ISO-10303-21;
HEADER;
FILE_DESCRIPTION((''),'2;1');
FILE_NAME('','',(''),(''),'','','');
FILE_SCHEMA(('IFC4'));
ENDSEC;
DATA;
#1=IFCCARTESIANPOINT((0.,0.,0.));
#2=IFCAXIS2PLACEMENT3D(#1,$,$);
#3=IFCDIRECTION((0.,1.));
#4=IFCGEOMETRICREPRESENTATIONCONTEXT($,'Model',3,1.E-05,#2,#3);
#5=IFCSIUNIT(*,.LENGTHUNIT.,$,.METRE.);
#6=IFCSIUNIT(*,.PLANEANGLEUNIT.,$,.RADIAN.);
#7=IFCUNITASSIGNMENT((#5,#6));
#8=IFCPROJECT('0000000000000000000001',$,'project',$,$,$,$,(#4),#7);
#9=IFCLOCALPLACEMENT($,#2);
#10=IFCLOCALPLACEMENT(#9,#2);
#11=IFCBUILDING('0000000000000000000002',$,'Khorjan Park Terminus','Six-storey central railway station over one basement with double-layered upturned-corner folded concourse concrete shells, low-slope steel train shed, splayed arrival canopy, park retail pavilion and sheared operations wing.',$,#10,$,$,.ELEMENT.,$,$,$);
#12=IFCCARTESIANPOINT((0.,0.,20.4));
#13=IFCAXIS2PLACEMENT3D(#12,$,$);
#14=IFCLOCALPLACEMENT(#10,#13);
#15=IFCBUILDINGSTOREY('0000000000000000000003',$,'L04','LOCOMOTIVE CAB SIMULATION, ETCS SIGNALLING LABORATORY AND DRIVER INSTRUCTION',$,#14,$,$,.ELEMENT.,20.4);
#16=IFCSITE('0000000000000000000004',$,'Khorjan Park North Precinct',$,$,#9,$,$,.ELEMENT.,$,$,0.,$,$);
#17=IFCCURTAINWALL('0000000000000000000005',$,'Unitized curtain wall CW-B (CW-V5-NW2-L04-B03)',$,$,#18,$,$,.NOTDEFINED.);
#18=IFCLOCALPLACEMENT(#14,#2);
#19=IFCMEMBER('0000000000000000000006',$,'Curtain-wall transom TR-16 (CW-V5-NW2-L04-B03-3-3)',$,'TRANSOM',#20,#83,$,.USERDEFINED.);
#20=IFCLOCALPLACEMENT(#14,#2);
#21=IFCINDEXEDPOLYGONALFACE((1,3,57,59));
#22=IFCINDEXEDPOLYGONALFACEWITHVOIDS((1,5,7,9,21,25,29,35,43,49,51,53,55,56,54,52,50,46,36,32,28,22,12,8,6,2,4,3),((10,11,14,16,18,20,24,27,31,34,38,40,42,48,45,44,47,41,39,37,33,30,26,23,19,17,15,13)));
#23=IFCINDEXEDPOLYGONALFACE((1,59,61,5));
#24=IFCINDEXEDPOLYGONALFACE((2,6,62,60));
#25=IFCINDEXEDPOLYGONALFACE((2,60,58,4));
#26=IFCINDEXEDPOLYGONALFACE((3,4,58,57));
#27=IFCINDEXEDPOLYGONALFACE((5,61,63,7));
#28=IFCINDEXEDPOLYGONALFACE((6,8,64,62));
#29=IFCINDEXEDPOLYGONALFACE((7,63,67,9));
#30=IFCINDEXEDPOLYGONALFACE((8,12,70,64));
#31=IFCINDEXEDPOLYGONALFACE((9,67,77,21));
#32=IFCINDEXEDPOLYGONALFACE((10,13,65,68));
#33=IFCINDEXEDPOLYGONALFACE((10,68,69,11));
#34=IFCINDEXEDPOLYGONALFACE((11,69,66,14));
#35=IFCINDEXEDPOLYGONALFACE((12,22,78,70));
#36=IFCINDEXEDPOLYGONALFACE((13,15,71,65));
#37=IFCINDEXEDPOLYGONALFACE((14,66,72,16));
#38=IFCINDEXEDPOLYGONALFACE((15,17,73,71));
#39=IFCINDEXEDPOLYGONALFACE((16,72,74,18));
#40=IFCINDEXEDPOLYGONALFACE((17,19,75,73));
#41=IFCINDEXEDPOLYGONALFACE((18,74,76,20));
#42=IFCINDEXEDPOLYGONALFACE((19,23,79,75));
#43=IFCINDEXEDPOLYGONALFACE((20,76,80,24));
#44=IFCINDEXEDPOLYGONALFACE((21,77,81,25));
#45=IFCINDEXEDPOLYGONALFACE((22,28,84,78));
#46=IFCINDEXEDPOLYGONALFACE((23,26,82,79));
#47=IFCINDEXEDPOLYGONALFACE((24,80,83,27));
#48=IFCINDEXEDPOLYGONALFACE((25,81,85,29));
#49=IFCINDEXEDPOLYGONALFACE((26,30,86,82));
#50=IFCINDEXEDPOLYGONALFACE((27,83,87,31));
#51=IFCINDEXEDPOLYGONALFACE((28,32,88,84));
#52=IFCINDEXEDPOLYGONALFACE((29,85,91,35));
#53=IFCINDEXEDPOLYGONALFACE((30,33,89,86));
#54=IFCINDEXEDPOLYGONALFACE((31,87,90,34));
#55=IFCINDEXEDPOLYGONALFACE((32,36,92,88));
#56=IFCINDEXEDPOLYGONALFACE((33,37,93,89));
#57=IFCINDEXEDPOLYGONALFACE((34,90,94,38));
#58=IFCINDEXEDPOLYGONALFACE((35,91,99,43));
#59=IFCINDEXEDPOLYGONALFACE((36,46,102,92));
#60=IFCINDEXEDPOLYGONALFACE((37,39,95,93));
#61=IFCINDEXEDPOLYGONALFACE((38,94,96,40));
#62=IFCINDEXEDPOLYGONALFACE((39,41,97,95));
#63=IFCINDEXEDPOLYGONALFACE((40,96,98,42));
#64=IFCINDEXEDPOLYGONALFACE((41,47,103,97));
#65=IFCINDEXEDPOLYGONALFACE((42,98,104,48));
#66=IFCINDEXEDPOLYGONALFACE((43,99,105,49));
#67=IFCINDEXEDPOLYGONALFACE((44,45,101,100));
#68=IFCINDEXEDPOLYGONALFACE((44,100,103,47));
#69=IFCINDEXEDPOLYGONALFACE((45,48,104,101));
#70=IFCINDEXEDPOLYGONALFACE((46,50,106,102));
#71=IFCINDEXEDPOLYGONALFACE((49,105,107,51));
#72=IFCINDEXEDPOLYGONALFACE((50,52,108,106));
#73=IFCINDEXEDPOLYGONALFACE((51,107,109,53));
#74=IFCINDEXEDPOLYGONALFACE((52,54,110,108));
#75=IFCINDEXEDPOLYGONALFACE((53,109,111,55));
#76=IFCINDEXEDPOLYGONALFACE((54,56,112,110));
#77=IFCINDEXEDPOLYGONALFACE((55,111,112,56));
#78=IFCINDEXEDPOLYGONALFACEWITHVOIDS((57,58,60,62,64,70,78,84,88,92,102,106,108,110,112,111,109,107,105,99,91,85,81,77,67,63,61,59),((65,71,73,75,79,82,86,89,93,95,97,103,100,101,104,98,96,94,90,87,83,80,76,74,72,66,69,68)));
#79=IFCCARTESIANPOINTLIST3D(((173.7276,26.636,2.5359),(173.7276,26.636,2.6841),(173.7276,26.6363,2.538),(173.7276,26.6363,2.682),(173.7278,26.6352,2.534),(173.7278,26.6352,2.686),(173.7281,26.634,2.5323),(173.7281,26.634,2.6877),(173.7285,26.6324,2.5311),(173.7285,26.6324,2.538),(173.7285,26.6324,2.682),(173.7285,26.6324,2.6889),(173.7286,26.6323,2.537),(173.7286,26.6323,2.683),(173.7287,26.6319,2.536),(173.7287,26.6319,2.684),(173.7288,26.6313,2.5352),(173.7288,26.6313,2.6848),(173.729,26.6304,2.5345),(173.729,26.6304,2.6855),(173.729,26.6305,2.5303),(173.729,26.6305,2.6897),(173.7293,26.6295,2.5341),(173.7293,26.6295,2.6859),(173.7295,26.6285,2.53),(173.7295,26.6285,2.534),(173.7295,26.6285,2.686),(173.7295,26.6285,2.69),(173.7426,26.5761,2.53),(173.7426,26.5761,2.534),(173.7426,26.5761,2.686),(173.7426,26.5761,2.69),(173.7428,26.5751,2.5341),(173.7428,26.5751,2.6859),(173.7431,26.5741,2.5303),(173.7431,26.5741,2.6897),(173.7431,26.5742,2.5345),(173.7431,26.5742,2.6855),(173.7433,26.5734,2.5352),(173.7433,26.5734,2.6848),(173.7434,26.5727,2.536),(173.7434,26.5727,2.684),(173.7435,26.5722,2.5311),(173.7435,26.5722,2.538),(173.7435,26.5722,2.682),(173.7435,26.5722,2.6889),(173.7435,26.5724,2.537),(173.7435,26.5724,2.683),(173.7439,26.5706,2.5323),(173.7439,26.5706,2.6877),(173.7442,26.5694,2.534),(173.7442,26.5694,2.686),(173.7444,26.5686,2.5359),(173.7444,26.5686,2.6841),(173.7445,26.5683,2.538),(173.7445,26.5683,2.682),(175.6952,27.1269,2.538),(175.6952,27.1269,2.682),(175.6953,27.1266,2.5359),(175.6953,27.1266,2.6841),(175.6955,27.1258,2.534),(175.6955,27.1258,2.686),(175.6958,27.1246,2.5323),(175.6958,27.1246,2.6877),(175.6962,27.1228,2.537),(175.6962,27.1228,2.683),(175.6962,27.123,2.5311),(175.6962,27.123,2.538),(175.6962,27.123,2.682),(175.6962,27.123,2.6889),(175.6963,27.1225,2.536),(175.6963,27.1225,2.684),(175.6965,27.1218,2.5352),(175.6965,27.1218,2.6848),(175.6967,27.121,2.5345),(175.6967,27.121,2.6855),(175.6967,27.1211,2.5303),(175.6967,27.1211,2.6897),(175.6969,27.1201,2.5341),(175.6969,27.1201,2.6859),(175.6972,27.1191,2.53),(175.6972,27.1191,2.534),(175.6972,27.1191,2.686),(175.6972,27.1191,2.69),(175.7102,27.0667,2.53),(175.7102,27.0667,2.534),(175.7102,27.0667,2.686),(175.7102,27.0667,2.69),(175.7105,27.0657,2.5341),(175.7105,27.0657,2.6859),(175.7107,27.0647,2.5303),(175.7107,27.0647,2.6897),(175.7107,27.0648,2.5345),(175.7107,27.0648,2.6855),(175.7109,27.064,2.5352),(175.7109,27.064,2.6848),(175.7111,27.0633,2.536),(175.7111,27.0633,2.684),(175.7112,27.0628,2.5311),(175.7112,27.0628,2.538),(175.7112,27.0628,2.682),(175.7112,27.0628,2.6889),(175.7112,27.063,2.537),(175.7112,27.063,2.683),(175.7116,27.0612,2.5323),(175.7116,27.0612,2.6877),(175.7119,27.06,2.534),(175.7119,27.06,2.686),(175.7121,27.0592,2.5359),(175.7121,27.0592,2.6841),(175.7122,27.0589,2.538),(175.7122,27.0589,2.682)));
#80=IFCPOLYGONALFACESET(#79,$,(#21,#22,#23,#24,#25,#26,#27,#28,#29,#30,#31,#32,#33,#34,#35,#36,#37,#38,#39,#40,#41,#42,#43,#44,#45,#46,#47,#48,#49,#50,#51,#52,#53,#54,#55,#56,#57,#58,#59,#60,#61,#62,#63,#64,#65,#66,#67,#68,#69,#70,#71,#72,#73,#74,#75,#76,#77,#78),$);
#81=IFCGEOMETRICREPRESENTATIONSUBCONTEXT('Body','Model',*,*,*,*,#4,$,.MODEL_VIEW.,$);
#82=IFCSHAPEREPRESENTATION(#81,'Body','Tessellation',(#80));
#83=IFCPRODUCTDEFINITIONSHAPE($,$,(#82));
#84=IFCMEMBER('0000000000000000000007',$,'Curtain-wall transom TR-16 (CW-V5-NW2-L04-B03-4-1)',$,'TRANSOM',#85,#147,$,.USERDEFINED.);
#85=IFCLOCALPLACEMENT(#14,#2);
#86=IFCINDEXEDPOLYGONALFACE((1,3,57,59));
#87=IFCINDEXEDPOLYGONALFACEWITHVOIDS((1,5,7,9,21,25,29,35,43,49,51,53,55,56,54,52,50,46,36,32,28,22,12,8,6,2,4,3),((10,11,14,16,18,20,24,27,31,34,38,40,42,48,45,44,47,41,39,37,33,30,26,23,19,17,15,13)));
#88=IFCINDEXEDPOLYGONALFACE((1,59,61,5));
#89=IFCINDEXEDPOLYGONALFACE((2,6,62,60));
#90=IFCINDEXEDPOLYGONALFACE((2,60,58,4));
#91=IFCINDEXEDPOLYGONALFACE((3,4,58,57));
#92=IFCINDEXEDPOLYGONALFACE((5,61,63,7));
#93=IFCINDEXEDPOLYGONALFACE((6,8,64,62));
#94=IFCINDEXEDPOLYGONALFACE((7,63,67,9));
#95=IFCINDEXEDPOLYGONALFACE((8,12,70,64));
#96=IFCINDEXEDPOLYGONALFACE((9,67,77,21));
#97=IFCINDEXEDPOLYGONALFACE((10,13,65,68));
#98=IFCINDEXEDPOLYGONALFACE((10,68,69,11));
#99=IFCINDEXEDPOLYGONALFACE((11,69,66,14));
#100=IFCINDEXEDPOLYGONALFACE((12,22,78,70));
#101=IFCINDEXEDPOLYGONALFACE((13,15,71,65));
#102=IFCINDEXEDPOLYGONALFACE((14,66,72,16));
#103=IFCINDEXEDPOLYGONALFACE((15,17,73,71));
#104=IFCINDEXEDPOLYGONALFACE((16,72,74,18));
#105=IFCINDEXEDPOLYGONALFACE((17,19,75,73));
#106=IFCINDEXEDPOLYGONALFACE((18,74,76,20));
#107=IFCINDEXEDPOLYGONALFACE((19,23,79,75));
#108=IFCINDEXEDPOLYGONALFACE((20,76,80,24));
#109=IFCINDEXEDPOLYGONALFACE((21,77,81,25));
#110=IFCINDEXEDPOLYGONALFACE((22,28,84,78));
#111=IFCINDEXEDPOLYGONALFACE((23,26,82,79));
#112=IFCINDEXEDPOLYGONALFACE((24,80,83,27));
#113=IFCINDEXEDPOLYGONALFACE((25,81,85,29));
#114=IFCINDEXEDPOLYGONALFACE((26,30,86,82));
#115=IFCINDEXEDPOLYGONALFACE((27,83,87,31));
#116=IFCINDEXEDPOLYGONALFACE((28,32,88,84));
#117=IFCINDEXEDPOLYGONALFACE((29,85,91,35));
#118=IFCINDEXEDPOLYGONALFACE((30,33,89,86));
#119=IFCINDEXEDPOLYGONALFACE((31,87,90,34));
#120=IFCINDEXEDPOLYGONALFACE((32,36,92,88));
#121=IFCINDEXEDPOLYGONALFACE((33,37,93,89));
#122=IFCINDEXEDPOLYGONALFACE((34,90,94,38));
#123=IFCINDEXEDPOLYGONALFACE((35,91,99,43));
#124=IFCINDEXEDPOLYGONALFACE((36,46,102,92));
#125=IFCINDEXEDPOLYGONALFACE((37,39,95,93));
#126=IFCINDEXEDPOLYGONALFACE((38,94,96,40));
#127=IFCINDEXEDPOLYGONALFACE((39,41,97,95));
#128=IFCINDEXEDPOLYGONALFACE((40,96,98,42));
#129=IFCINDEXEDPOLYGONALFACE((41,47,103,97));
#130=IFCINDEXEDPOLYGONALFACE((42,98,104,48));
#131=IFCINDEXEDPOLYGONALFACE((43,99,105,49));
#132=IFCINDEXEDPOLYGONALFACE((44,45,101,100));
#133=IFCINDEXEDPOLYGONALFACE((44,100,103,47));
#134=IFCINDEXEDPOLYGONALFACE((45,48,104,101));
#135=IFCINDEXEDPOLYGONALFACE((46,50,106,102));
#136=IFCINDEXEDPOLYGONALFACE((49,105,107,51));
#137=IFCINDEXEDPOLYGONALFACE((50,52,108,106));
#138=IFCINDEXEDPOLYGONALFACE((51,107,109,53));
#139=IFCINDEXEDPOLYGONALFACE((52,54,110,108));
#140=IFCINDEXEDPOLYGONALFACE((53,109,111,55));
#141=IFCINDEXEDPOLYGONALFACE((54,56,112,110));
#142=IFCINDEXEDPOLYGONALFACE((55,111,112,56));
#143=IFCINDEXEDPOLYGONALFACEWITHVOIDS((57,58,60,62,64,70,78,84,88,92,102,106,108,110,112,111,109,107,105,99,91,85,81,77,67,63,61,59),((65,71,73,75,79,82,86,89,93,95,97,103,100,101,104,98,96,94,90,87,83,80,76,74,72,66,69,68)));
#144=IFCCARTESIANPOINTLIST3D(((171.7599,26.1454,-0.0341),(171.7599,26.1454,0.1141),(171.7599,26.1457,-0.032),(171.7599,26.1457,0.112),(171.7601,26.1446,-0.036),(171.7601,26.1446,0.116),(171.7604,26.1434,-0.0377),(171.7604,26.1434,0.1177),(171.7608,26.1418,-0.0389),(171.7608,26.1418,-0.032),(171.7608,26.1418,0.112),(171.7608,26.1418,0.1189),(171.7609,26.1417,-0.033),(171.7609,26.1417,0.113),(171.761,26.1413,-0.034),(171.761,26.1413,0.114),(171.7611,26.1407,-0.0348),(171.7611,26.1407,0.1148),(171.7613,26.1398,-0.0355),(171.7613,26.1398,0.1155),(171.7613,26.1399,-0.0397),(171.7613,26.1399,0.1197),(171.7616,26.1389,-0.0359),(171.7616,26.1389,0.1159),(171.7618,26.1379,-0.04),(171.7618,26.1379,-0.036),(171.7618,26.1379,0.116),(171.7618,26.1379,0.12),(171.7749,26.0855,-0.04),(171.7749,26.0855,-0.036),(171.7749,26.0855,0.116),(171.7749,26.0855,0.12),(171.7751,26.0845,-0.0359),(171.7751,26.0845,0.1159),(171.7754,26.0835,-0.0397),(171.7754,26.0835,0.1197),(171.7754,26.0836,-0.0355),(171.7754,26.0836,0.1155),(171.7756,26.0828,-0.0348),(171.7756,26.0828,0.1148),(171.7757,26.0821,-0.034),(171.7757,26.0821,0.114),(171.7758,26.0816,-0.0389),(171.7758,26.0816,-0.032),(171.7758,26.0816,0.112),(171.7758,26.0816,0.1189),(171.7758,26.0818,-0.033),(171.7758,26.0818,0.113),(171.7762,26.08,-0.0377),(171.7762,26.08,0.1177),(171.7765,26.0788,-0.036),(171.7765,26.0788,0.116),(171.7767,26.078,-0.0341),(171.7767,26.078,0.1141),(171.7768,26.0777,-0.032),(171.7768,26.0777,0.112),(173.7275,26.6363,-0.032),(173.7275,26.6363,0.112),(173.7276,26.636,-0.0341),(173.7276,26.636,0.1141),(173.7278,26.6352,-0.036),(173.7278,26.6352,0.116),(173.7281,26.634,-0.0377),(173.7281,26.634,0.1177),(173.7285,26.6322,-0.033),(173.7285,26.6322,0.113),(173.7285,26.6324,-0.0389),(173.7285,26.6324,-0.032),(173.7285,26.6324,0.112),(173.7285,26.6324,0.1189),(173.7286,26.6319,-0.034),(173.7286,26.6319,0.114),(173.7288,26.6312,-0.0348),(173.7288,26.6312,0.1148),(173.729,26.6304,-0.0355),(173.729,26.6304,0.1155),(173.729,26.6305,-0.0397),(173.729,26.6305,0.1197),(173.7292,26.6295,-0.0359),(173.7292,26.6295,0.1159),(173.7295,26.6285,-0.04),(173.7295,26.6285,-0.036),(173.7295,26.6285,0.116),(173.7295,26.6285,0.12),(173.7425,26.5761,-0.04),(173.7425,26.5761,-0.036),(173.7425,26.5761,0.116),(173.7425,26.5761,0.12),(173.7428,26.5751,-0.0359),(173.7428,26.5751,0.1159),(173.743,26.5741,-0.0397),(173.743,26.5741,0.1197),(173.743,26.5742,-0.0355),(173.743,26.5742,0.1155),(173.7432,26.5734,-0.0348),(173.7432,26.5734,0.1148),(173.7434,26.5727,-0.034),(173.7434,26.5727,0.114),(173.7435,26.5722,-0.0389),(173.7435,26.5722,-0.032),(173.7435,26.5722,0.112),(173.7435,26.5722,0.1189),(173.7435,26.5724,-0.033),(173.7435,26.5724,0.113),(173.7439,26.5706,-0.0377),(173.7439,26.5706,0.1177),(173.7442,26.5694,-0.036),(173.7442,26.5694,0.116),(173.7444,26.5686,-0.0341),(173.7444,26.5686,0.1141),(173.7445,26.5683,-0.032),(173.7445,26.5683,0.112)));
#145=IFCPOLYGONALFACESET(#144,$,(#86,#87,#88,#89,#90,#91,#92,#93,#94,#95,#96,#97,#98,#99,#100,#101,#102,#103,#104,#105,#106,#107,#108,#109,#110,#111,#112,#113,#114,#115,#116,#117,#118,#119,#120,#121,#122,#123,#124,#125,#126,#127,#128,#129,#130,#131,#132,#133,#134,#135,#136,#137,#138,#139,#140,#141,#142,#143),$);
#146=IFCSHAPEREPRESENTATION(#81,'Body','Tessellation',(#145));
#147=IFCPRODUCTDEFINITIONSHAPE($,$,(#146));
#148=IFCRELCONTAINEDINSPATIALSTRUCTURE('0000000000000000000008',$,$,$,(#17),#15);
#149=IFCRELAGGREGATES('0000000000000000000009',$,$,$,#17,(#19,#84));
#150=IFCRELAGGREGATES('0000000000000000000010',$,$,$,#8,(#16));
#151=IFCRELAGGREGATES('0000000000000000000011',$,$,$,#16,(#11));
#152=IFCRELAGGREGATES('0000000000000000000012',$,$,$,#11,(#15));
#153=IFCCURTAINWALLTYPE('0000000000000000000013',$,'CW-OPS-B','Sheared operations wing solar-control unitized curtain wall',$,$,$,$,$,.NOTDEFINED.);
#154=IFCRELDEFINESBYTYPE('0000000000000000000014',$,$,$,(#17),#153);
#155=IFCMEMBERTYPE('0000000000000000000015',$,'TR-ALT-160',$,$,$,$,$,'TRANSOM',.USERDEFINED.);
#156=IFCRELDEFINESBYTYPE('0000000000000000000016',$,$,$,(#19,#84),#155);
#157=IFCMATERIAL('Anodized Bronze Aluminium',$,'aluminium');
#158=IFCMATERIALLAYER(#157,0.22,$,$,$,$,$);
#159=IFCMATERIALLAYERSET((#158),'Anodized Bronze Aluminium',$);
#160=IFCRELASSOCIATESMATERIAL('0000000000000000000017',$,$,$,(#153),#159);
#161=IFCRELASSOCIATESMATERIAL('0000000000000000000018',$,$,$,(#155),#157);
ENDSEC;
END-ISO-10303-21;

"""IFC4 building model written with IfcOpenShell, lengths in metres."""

from ifc_helpers import new_model, si_unit, direction, frame, origin, origin_2d, place, context, subcontext, project, spatial, hollow_rectangle, extrude, material, layer, layer_set, material_profile, profile_set, type_object, element, aggregate, save


model = new_model("IFC4")

# Units and contexts
model_context = context("Model", 3, precision=1e-05, world=origin(), true_north=direction((0.0, 1.0)))
body_context = subcontext(model_context, "Body", "Model", "MODEL_VIEW")
ifc_project = project(units=[si_unit("LENGTHUNIT", "METRE"), si_unit("PLANEANGLEUNIT", "RADIAN")], contexts=[model_context])

# Site, building, storey
site_placement = place(None, origin())
site = spatial("IfcSite", under=ifc_project, at=site_placement, Name="Khorjan Park North Precinct", CompositionType="ELEMENT", RefElevation=0.0)
building_placement = place(site_placement, origin())
building = spatial("IfcBuilding", under=site, at=building_placement, Name="Khorjan Park Terminus", Description="Six-storey central railway station over one basement with double-layered upturned-corner folded concourse concrete shells, low-slope steel train shed, splayed arrival canopy, park retail pavilion and sheared operations wing.", CompositionType="ELEMENT")
storey_placement = place(building_placement, frame((0.0, 0.0, 20.4)))
storey = spatial("IfcBuildingStorey", under=building, at=storey_placement, Name="L04", Description="LOCOMOTIVE CAB SIMULATION, ETCS SIGNALLING LABORATORY AND DRIVER INSTRUCTION", CompositionType="ELEMENT", Elevation=20.4)

# Curtain wall, members
ifc_material_1 = material(Name="Anodized Bronze Aluminium", Category="aluminium")
ifc_layer_1 = layer(ifc_material_1, 0.22)
ifc_layer_set_1 = layer_set([ifc_layer_1], Name="Anodized Bronze Aluminium")
curtain_wall_type = type_object("IfcCurtainWallType", Name="CW-OPS-B", Description="Sheared operations wing solar-control unitized curtain wall", PredefinedType="NOTDEFINED", material=ifc_layer_set_1)
curtain_wall_1_placement = place(storey_placement, origin())
curtain_wall_1 = element("IfcCurtainWall", 1, at=curtain_wall_1_placement, inside=storey, type_object=curtain_wall_type, Name="Unitized curtain wall CW-B (CW-V5-NW2-L04-B03)", PredefinedType="NOTDEFINED")
ifc_material_profile_1 = material_profile(ifc_material_1, hollow_rectangle(XDim=0.07, YDim=0.16, WallThickness=0.004, InnerFilletRadius=0.004, OuterFilletRadius=0.008, at=origin_2d()), Name="ALT 70x160x4")
ifc_profile_set_1 = profile_set([ifc_material_profile_1], Name="Anodized Bronze Aluminium")
member_type_1 = type_object("IfcMemberType", Name="TR-ALT-160", ElementType="TRANSOM", PredefinedType="USERDEFINED", material=ifc_profile_set_1)
member_1_placement = place(storey_placement, frame((175.7037, 27.0929, 2.61), z_axis=(-0.970296, -0.241921, 0.0), x_axis=(0.241921, -0.970296, 0.0)))
member_1 = element("IfcMember", 2, at=member_1_placement, type_object=member_type_1, Name="Curtain-wall transom TR-16 (CW-V5-NW2-L04-B03-3-3)", ObjectType="TRANSOM", PredefinedType="USERDEFINED", context=body_context, shape_type="SweptSolid", body=[
    extrude(hollow_rectangle(XDim=0.07, YDim=0.16, WallThickness=0.004, InnerFilletRadius=0.004, OuterFilletRadius=0.008, at=origin_2d()), origin(), (0.0, 0.0, 1.0), 2.0279),
])
member_2_placement = place(storey_placement, frame((173.736, 26.6023, 0.04), z_axis=(-0.970296, -0.241921, 0.0), x_axis=(0.241921, -0.970296, 0.0)))
member_2 = element("IfcMember", 3, at=member_2_placement, type_object=member_type_1, Name="Curtain-wall transom TR-16 (CW-V5-NW2-L04-B03-4-1)", ObjectType="TRANSOM", PredefinedType="USERDEFINED", context=body_context, shape_type="SweptSolid", body=[
    extrude(hollow_rectangle(XDim=0.07, YDim=0.16, WallThickness=0.004, InnerFilletRadius=0.004, OuterFilletRadius=0.008, at=origin_2d()), origin(), (0.0, 0.0, 1.0), 2.0279),
])

aggregate(curtain_wall_1, [member_1, member_2])

save(model, "model.ifc")
